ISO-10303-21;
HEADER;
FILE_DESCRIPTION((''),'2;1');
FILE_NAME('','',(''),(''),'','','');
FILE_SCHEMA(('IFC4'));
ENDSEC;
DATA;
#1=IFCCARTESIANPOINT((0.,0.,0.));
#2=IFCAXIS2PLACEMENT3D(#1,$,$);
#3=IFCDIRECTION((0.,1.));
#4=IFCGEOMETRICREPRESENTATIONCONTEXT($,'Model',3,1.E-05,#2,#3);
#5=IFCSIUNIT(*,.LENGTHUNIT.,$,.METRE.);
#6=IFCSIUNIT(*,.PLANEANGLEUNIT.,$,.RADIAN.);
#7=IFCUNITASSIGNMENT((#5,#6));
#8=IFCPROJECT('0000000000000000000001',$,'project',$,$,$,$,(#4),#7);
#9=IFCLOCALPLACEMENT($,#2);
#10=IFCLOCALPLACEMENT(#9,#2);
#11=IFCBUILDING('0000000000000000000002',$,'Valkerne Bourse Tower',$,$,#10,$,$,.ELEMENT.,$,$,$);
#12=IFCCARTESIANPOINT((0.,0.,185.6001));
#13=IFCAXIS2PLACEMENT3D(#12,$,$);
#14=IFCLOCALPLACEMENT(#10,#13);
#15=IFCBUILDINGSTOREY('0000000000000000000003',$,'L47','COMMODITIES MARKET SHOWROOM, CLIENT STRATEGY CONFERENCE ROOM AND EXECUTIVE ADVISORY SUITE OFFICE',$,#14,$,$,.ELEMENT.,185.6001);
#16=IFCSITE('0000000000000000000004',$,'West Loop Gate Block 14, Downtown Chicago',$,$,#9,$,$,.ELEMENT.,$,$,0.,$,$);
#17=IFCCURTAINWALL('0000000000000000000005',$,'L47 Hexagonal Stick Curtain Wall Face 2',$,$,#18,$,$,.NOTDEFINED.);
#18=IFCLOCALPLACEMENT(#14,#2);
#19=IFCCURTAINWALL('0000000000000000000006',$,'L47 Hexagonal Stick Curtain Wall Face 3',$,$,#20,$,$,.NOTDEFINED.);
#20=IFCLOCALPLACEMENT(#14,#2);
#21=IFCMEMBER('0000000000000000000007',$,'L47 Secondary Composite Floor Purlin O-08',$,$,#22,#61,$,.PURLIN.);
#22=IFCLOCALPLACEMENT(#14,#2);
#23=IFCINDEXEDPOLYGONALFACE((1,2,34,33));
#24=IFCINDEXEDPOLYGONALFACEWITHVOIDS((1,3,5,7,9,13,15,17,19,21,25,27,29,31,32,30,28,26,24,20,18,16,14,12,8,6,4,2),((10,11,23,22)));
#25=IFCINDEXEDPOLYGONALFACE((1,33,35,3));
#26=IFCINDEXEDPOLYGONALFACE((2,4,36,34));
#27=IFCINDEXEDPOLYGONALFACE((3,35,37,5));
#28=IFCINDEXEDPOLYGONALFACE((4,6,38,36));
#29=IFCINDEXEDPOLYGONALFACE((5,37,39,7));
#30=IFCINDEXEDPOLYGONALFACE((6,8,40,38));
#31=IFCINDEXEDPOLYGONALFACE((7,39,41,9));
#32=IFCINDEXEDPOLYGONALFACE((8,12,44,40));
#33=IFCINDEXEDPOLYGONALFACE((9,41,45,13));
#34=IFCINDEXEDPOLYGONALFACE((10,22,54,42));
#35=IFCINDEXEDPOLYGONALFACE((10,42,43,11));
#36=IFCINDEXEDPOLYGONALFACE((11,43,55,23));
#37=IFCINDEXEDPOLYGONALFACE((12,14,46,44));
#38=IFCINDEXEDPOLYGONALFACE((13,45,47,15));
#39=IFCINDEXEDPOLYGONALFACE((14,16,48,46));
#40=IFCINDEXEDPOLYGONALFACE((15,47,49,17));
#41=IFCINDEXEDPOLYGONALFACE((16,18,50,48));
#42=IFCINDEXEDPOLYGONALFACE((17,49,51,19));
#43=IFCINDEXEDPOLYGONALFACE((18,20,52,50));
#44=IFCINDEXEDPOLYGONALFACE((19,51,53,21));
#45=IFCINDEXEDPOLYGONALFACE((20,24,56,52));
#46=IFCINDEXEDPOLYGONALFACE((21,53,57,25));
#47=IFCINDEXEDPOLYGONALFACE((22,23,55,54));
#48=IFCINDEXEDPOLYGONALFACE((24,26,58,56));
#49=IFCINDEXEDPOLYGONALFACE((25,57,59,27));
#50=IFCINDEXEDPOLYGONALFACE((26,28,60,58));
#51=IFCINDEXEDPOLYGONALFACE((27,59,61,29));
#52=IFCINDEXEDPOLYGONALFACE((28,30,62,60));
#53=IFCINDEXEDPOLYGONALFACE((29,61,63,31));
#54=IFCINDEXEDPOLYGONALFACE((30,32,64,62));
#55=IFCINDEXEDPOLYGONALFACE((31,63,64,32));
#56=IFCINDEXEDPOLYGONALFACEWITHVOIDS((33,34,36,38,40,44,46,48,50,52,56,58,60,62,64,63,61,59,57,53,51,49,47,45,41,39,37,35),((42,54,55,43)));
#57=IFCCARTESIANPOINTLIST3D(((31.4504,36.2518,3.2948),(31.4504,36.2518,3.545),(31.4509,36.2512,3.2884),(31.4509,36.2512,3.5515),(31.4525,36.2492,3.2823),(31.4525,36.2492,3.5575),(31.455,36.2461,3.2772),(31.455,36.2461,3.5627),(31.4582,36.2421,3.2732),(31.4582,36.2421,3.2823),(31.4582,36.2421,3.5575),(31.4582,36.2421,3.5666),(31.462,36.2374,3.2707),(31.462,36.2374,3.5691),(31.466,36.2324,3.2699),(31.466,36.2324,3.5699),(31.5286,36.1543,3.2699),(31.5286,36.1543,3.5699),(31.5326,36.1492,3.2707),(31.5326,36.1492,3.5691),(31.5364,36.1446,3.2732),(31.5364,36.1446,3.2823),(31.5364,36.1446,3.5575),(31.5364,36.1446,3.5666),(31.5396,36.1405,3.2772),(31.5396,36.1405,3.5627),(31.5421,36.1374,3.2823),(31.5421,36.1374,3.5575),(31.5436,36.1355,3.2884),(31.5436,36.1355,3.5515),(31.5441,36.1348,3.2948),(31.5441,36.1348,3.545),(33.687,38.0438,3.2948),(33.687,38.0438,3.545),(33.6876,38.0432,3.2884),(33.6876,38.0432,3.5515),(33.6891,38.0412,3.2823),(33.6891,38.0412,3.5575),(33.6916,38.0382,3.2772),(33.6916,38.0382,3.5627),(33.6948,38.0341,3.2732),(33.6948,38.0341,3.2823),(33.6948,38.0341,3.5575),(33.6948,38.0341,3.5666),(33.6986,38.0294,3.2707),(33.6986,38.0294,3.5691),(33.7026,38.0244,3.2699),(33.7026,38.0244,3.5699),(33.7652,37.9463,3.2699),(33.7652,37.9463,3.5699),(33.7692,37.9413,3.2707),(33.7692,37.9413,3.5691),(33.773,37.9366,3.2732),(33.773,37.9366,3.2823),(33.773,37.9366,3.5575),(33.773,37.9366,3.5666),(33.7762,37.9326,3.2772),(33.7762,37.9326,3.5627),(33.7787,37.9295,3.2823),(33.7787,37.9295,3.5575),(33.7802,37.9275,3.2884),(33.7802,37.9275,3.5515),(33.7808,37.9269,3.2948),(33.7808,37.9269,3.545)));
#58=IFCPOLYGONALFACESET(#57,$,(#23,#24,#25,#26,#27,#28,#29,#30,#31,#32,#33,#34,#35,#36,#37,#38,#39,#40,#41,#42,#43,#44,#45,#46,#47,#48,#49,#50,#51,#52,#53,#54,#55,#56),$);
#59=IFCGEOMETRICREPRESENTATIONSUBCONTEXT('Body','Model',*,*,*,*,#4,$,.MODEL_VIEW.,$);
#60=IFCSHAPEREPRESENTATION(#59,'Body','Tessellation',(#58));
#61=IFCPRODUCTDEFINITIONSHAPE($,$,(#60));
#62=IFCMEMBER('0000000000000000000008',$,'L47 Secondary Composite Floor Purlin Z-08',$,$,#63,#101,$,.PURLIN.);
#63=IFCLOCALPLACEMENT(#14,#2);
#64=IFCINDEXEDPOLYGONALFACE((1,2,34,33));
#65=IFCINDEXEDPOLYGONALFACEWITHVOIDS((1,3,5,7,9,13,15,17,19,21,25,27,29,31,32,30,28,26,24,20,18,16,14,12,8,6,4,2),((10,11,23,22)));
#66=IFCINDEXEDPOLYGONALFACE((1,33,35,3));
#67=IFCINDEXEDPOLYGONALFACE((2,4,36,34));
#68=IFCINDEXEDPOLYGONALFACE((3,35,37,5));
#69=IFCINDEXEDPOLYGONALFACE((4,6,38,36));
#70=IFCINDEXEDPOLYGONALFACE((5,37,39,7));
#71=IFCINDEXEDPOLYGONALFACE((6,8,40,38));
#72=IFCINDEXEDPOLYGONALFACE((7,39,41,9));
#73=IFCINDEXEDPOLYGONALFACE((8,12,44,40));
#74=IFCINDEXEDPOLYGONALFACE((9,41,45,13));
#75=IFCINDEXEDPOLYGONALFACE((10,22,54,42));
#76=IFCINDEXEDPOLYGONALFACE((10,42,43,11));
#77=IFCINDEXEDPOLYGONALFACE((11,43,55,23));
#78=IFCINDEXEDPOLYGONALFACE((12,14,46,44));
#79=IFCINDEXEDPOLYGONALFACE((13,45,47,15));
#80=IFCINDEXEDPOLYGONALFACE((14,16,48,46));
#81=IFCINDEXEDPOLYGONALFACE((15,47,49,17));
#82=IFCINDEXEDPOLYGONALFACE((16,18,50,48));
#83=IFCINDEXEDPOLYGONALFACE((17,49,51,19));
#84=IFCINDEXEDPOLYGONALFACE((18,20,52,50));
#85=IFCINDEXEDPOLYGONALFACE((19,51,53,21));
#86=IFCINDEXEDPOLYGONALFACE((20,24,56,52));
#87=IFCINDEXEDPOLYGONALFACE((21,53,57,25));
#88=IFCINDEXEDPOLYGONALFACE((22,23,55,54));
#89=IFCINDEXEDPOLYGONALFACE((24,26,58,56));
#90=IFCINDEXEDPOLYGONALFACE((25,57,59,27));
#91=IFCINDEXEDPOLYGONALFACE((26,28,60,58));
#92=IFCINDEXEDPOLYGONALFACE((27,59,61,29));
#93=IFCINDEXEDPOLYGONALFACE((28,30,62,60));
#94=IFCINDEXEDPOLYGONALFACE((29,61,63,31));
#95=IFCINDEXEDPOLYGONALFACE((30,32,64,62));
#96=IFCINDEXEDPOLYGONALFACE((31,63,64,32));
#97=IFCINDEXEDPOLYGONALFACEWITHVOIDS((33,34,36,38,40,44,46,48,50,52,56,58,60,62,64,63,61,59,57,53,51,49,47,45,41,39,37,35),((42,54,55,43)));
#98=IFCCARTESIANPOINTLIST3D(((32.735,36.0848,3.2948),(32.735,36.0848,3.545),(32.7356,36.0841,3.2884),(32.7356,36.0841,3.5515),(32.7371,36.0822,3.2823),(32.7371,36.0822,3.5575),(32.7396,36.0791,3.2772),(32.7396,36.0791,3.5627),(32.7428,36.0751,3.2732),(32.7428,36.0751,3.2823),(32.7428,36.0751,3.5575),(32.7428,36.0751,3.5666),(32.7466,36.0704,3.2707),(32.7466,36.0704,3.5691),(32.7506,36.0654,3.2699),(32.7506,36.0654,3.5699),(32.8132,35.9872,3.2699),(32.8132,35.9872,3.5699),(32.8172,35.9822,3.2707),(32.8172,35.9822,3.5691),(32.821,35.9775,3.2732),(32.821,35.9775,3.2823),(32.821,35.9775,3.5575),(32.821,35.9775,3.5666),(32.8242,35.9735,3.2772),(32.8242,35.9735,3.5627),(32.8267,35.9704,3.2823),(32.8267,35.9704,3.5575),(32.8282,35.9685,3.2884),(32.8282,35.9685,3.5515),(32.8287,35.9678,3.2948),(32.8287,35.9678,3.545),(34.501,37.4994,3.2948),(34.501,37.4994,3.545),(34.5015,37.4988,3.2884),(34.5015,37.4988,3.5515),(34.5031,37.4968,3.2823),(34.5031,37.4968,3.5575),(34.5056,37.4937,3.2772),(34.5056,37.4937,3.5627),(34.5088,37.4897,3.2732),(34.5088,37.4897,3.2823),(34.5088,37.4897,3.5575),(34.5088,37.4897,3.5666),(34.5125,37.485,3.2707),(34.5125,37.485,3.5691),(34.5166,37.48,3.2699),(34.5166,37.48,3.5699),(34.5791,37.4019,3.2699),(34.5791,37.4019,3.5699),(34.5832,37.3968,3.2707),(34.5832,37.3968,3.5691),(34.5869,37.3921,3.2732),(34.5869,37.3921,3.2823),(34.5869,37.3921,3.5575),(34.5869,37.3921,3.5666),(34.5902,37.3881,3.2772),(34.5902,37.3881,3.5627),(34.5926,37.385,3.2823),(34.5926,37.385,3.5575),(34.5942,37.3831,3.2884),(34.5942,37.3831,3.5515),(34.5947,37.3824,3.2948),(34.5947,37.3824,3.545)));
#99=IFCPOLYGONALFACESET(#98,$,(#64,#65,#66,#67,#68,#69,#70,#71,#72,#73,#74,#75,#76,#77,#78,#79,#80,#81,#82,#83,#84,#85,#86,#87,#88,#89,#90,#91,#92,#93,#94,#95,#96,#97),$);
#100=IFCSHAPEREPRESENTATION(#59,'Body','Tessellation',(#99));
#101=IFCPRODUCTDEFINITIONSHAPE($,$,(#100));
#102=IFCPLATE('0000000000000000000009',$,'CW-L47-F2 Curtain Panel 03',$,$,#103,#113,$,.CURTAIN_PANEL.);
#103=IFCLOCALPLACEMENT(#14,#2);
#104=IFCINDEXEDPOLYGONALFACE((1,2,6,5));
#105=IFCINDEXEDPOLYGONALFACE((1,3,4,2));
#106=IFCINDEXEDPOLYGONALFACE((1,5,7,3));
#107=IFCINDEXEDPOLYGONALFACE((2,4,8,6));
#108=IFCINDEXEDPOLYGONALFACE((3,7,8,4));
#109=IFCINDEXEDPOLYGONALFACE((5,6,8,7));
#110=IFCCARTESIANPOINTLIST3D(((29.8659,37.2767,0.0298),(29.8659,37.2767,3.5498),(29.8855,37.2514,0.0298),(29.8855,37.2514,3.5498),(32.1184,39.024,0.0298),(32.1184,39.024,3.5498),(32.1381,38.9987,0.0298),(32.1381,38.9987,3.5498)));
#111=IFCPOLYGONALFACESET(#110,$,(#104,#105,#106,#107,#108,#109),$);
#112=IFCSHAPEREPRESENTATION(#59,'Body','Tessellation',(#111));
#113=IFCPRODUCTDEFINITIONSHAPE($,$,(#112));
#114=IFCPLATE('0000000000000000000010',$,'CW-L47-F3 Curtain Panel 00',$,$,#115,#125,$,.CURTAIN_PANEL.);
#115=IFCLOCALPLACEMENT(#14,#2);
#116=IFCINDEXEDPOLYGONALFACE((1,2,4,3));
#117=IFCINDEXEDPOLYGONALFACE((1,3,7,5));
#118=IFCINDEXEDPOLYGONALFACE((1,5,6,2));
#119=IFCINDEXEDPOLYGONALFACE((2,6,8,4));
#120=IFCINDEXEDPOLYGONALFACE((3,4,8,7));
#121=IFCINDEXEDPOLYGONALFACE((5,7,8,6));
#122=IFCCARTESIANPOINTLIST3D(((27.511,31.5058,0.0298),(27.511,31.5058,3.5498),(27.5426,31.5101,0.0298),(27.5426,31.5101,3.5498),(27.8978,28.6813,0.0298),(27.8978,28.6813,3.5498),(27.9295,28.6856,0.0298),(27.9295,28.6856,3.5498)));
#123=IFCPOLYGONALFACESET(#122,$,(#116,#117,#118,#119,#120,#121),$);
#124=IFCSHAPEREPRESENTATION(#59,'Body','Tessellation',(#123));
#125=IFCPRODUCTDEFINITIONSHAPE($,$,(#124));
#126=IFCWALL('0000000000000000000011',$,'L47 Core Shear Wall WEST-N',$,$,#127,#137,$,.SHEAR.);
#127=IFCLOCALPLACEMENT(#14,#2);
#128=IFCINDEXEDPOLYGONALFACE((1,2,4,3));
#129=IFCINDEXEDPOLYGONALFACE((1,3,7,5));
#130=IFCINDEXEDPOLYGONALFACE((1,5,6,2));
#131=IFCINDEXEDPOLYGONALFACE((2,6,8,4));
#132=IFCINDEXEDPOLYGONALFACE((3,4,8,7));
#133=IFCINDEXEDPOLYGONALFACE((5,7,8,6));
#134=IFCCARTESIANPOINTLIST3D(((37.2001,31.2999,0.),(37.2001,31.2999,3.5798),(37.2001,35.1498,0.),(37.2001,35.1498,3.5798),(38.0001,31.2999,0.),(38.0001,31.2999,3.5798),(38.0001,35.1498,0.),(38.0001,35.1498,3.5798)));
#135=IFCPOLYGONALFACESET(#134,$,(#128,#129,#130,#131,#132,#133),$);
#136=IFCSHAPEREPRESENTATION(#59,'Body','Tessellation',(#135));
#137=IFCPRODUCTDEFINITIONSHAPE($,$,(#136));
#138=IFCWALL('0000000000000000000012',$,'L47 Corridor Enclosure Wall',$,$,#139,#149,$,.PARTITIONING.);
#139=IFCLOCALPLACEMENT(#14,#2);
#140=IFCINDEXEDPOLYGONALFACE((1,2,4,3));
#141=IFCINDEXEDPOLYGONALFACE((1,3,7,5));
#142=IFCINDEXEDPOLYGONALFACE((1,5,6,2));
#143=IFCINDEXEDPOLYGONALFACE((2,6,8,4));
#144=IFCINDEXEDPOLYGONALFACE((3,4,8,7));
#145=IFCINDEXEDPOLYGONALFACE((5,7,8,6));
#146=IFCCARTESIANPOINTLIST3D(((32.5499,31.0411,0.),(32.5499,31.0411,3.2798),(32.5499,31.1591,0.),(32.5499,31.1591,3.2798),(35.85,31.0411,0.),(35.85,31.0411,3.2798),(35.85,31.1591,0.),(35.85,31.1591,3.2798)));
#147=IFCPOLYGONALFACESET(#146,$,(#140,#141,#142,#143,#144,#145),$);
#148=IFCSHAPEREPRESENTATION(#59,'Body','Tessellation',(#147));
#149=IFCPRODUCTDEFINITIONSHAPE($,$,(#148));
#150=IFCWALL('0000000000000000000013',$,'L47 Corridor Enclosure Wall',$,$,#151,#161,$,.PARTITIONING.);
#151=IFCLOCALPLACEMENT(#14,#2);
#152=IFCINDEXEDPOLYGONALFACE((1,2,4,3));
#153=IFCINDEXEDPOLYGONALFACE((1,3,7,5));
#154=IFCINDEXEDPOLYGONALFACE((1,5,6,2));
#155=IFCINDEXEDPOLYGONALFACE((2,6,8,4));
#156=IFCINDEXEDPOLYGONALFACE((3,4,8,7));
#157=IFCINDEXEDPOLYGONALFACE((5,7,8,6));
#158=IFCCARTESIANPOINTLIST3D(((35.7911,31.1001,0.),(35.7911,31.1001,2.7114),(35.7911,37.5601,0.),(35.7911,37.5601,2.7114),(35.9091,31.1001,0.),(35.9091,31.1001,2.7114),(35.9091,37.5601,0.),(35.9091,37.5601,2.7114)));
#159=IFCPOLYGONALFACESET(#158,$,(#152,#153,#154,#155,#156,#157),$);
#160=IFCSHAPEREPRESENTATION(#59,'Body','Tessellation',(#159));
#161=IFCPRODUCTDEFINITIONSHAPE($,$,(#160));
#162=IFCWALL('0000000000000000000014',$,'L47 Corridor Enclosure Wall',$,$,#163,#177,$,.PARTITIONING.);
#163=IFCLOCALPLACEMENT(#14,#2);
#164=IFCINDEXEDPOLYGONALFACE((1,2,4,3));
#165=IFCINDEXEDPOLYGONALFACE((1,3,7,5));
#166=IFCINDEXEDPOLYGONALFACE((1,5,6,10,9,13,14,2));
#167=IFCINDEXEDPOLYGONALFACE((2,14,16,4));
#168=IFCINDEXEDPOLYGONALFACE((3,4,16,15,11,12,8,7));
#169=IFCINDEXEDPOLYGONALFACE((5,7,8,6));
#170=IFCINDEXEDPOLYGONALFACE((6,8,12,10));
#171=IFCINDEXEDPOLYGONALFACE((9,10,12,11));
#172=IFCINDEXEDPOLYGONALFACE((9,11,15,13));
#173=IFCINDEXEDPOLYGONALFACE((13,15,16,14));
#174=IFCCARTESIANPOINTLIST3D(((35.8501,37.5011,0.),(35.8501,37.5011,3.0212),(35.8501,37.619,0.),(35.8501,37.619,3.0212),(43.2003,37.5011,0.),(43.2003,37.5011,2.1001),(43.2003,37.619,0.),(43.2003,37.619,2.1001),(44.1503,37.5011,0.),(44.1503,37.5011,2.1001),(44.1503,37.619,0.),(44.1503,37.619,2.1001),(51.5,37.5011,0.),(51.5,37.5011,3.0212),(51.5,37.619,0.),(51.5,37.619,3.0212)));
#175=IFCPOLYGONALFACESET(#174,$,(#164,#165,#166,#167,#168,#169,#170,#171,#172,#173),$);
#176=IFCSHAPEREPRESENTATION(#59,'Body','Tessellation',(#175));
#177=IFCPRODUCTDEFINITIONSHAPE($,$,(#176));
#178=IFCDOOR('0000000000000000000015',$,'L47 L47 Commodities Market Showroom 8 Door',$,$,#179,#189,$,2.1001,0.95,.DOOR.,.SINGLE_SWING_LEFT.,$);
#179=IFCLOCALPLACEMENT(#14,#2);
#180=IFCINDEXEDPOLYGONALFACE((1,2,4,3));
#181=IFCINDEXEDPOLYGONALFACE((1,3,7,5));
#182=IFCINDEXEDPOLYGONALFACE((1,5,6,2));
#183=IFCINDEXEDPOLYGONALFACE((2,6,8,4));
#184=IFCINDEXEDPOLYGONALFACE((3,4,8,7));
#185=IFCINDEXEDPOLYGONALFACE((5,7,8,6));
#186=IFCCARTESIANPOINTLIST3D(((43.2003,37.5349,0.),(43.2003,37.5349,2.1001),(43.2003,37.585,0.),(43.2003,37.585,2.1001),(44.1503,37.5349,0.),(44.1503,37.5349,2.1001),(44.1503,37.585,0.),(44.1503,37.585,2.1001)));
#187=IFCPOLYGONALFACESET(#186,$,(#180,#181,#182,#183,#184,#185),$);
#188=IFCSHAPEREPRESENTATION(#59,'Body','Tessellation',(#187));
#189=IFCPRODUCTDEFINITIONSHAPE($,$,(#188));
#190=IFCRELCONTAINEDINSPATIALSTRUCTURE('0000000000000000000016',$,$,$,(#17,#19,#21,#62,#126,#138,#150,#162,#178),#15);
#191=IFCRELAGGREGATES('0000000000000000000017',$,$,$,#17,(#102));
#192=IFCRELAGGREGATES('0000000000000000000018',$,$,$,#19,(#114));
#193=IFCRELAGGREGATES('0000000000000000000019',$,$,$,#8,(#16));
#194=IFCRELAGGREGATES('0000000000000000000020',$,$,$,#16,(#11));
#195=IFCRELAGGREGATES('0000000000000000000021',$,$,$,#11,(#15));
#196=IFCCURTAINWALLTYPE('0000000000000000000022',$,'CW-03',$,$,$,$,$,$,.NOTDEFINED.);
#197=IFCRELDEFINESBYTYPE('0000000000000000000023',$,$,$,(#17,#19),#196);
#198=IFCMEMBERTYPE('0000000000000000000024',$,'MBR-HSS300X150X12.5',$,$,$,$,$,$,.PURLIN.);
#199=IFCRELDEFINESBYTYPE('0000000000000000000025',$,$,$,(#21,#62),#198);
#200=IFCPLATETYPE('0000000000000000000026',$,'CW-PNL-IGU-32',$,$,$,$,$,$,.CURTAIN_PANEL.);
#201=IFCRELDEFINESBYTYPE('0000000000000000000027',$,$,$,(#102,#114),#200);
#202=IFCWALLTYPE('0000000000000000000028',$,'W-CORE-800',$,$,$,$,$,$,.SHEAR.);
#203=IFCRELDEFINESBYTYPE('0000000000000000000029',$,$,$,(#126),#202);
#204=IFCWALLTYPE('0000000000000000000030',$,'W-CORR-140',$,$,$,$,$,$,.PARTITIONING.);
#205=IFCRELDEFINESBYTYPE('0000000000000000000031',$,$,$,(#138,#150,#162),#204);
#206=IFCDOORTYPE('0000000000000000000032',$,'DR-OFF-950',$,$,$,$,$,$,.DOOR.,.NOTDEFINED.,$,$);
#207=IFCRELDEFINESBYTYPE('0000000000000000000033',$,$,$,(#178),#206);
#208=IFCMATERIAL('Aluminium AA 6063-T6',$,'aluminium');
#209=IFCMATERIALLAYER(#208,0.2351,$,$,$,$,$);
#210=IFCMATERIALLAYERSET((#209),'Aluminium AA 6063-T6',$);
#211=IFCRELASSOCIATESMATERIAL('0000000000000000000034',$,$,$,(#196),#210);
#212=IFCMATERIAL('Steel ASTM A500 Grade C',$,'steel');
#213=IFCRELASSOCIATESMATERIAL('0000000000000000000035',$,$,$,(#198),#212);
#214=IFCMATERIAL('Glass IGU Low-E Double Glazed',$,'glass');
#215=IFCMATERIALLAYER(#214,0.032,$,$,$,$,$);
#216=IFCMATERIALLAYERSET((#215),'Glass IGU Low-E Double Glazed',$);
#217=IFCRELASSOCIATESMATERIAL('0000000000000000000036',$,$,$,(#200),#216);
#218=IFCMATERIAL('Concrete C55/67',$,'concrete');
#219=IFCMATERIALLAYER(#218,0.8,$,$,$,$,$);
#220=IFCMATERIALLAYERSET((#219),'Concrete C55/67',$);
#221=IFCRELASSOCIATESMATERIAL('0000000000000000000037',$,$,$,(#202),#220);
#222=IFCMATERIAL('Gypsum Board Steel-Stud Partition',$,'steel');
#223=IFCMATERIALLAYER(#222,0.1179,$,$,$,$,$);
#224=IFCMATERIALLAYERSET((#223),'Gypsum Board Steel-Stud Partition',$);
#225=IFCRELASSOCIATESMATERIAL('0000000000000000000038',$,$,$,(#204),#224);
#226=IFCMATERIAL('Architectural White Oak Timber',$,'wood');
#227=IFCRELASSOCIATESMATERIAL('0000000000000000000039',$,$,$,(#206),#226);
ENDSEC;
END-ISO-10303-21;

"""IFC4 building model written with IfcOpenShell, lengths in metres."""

from ifc_helpers import new_model, si_unit, direction, frame, frame_2d, origin, origin_2d, place, context, subcontext, project, spatial, rectangle, hollow_rectangle, extrude, material, layer, layer_set, material_profile, profile_set, type_object, element, fill, aggregate, save


model = new_model("IFC4")

# Units and contexts
model_context = context("Model", 3, precision=1e-05, world=origin(), true_north=direction((0.0, 1.0)))
body_context = subcontext(model_context, "Body", "Model", "MODEL_VIEW")
ifc_project = project(units=[si_unit("LENGTHUNIT", "METRE"), si_unit("PLANEANGLEUNIT", "RADIAN")], contexts=[model_context])

# Site, building, storey
site_placement = place(None, origin())
site = spatial("IfcSite", under=ifc_project, at=site_placement, Name="West Loop Gate Block 14, Downtown Chicago", CompositionType="ELEMENT", RefElevation=0.0)
building_placement = place(site_placement, origin())
building = spatial("IfcBuilding", under=site, at=building_placement, Name="Valkerne Bourse Tower", CompositionType="ELEMENT")
storey_placement = place(building_placement, frame((0.0, 0.0, 185.6001)))
storey = spatial("IfcBuildingStorey", under=building, at=storey_placement, Name="L47", Description="COMMODITIES MARKET SHOWROOM, CLIENT STRATEGY CONFERENCE ROOM AND EXECUTIVE ADVISORY SUITE OFFICE", CompositionType="ELEMENT", Elevation=185.6001)

# Curtain wall
ifc_material_1 = material(Name="Aluminium AA 6063-T6", Category="aluminium")
ifc_layer_1 = layer(ifc_material_1, 0.2351)
ifc_layer_set_1 = layer_set([ifc_layer_1], Name="Aluminium AA 6063-T6")
curtain_wall_type = type_object("IfcCurtainWallType", Name="CW-03", PredefinedType="NOTDEFINED", material=ifc_layer_set_1)
curtain_wall_1_placement = place(storey_placement, origin())
curtain_wall_1 = element("IfcCurtainWall", 1, at=curtain_wall_1_placement, inside=storey, type_object=curtain_wall_type, Name="L47 Hexagonal Stick Curtain Wall Face 2", PredefinedType="NOTDEFINED")

# Curtain wall
curtain_wall_2_placement = place(storey_placement, origin())
curtain_wall_2 = element("IfcCurtainWall", 2, at=curtain_wall_2_placement, inside=storey, type_object=curtain_wall_type, Name="L47 Hexagonal Stick Curtain Wall Face 3", PredefinedType="NOTDEFINED")

# Members
ifc_material_2 = material(Name="Steel ASTM A500 Grade C", Category="steel")
ifc_material_profile_1 = material_profile(ifc_material_2, hollow_rectangle(XDim=0.1499, YDim=0.3, WallThickness=0.0125, OuterFilletRadius=0.0249, at=origin_2d()), Name="HSS300X150X12.5")
ifc_profile_set_1 = profile_set([ifc_material_profile_1], Name="Steel ASTM A500 Grade C")
member_type_1 = type_object("IfcMemberType", Name="MBR-HSS300X150X12.5", PredefinedType="PURLIN", material=ifc_profile_set_1)
member_1_placement = place(storey_placement, frame((33.7339, 37.9854, 3.4199), z_axis=(-0.780403, -0.625277, 0.0), x_axis=(0.625277, -0.780403, 0.0)))
element("IfcMember", 3, at=member_1_placement, inside=storey, type_object=member_type_1, Name="L47 Secondary Composite Floor Purlin O-08", PredefinedType="PURLIN", context=body_context, shape_type="SweptSolid", body=[
    extrude(hollow_rectangle(XDim=0.1499, YDim=0.3, WallThickness=0.0125, OuterFilletRadius=0.0249, at=origin_2d()), origin(), (0.0, 0.0, 1.0), 2.866),
])
member_2_placement = place(storey_placement, frame((34.5479, 37.4409, 3.4199), z_axis=(-0.780469, -0.625195, 0.0), x_axis=(0.625195, -0.780469, 0.0)))
element("IfcMember", 4, at=member_2_placement, inside=storey, type_object=member_type_1, Name="L47 Secondary Composite Floor Purlin Z-08", PredefinedType="PURLIN", context=body_context, shape_type="SweptSolid", body=[
    extrude(hollow_rectangle(XDim=0.1499, YDim=0.3, WallThickness=0.0125, OuterFilletRadius=0.0249, at=origin_2d()), origin(), (0.0, 0.0, 1.0), 2.2627),
])

# Plates
ifc_material_3 = material(Name="Glass IGU Low-E Double Glazed", Category="glass")
ifc_layer_2 = layer(ifc_material_3, 0.032)
ifc_layer_set_2 = layer_set([ifc_layer_2], Name="Glass IGU Low-E Double Glazed")
plate_type = type_object("IfcPlateType", Name="CW-PNL-IGU-32", PredefinedType="CURTAIN_PANEL", material=ifc_layer_set_2)
plate_1_placement = place(storey_placement, frame((31.002, 38.1377, 0.0298), z_axis=(0.0, 0.0, 1.0), x_axis=(-0.790154, -0.612908, 0.0)))
plate_1 = element("IfcPlate", 5, at=plate_1_placement, type_object=plate_type, Name="CW-L47-F2 Curtain Panel 03", PredefinedType="CURTAIN_PANEL", context=body_context, shape_type="SweptSolid", body=[
    extrude(rectangle(XDim=2.8508, YDim=0.032, at=origin_2d()), origin(), (0.0, 0.0, 1.0), 3.52),
])
aggregate(curtain_wall_1, [plate_1])
plate_2_placement = place(storey_placement, frame((27.7202, 30.0957, 0.0298), z_axis=(0.0, 0.0, 1.0), x_axis=(0.135694, -0.990751, 0.0)))
plate_2 = element("IfcPlate", 6, at=plate_2_placement, type_object=plate_type, Name="CW-L47-F3 Curtain Panel 00", PredefinedType="CURTAIN_PANEL", context=body_context, shape_type="SweptSolid", body=[
    extrude(rectangle(XDim=2.8508, YDim=0.032, at=origin_2d()), origin(), (0.0, 0.0, 1.0), 3.52),
])
aggregate(curtain_wall_2, [plate_2])

# Shared definitions
ifc_material_4 = material(Name="Concrete C55/67", Category="concrete")
ifc_layer_3 = layer(ifc_material_4, 0.8)
ifc_layer_set_3 = layer_set([ifc_layer_3], Name="Concrete C55/67")
wall_type_1 = type_object("IfcWallType", Name="W-CORE-800", PredefinedType="SHEAR", material=ifc_layer_set_3)

# Walls
wall_1_placement = place(storey_placement, frame((37.6001, 31.3, 0.0), z_axis=(0.0, 0.0, 1.0), x_axis=(0.0, 1.0, 0.0)))
element("IfcWall", 7, at=wall_1_placement, inside=storey, type_object=wall_type_1, Name="L47 Core Shear Wall WEST-N", PredefinedType="SHEAR", context=body_context, shape_type="SweptSolid", body=[
    extrude(rectangle(XDim=3.8499, YDim=0.8, at=frame_2d((1.9248, 0.0))), origin(), (0.0, 0.0, 1.0), 3.5798),
])
ifc_material_5 = material(Name="Gypsum Board Steel-Stud Partition", Category="steel")
ifc_layer_4 = layer(ifc_material_5, 0.1179)
ifc_layer_set_4 = layer_set([ifc_layer_4], Name="Gypsum Board Steel-Stud Partition")
wall_type_2 = type_object("IfcWallType", Name="W-CORR-140", PredefinedType="PARTITIONING", material=ifc_layer_set_4)
wall_2_placement = place(storey_placement, frame((32.55, 31.1001, 0.0), z_axis=(0.0, 0.0, 1.0), x_axis=(1.0, 0.0, 0.0)))
element("IfcWall", 8, at=wall_2_placement, inside=storey, type_object=wall_type_2, Name="L47 Corridor Enclosure Wall", PredefinedType="PARTITIONING", context=body_context, shape_type="SweptSolid", body=[
    extrude(rectangle(XDim=3.3, YDim=0.1179, at=frame_2d((1.6499, 0.0))), origin(), (0.0, 0.0, 1.0), 3.2798),
])
wall_3_placement = place(storey_placement, frame((35.8501, 31.1001, 0.0), z_axis=(0.0, 0.0, 1.0), x_axis=(0.0, 1.0, 0.0)))
element("IfcWall", 9, at=wall_3_placement, inside=storey, type_object=wall_type_2, Name="L47 Corridor Enclosure Wall", PredefinedType="PARTITIONING", context=body_context, shape_type="SweptSolid", body=[
    extrude(rectangle(XDim=6.46, YDim=0.1179, at=frame_2d((3.23, 0.0))), origin(), (0.0, 0.0, 1.0), 2.7114),
])

# Wall, opening, door
wall_4_placement = place(storey_placement, frame((35.8501, 37.5601, 0.0), z_axis=(0.0, 0.0, 1.0), x_axis=(1.0, 0.0, 0.0)))
wall_4 = element("IfcWall", 10, at=wall_4_placement, inside=storey, type_object=wall_type_2, Name="L47 Corridor Enclosure Wall", PredefinedType="PARTITIONING", context=body_context, shape_type="SweptSolid", body=[
    extrude(rectangle(XDim=15.6499, YDim=0.1179, at=frame_2d((7.825, 0.0))), origin(), (0.0, 0.0, 1.0), 3.0212),
])
opening_1_placement = place(wall_4_placement, frame((7.3501, 0.0, 0.0)))
opening_1 = element("IfcOpeningElement", 11, at=opening_1_placement, cuts=wall_4, PredefinedType="OPENING", context=body_context, shape_type="SweptSolid", body=[
    extrude(rectangle(XDim=0.95, YDim=2.1001, at=frame_2d((0.4751, 1.05))), frame((0.0, 0.0688, 0.0), z_axis=(0.0, -1.0, 0.0), x_axis=(1.0, 0.0, 0.0)), (0.0, 0.0, 1.0), 0.1379),
])
ifc_material_6 = material(Name="Architectural White Oak Timber", Category="wood")
door_type_1 = type_object("IfcDoorType", Name="DR-OFF-950", OperationType="NOTDEFINED", PredefinedType="DOOR", material=ifc_material_6)
door_1_placement = place(opening_1_placement, origin())
door_1 = element("IfcDoor", 12, at=door_1_placement, inside=storey, type_object=door_type_1, Name="L47 L47 Commodities Market Showroom 8 Door", OperationType="SINGLE_SWING_LEFT", OverallHeight=2.1001, OverallWidth=0.95, PredefinedType="DOOR", context=body_context, shape_type="SweptSolid", body=[
    extrude(rectangle(XDim=0.95, YDim=2.1001, at=frame_2d((0.4751, 1.05))), frame((0.0, 0.0249, 0.0), z_axis=(0.0, -1.0, 0.0), x_axis=(1.0, 0.0, 0.0)), (0.0, 0.0, 1.0), 0.05),
])
fill(opening_1, door_1)

save(model, "model.ifc")
